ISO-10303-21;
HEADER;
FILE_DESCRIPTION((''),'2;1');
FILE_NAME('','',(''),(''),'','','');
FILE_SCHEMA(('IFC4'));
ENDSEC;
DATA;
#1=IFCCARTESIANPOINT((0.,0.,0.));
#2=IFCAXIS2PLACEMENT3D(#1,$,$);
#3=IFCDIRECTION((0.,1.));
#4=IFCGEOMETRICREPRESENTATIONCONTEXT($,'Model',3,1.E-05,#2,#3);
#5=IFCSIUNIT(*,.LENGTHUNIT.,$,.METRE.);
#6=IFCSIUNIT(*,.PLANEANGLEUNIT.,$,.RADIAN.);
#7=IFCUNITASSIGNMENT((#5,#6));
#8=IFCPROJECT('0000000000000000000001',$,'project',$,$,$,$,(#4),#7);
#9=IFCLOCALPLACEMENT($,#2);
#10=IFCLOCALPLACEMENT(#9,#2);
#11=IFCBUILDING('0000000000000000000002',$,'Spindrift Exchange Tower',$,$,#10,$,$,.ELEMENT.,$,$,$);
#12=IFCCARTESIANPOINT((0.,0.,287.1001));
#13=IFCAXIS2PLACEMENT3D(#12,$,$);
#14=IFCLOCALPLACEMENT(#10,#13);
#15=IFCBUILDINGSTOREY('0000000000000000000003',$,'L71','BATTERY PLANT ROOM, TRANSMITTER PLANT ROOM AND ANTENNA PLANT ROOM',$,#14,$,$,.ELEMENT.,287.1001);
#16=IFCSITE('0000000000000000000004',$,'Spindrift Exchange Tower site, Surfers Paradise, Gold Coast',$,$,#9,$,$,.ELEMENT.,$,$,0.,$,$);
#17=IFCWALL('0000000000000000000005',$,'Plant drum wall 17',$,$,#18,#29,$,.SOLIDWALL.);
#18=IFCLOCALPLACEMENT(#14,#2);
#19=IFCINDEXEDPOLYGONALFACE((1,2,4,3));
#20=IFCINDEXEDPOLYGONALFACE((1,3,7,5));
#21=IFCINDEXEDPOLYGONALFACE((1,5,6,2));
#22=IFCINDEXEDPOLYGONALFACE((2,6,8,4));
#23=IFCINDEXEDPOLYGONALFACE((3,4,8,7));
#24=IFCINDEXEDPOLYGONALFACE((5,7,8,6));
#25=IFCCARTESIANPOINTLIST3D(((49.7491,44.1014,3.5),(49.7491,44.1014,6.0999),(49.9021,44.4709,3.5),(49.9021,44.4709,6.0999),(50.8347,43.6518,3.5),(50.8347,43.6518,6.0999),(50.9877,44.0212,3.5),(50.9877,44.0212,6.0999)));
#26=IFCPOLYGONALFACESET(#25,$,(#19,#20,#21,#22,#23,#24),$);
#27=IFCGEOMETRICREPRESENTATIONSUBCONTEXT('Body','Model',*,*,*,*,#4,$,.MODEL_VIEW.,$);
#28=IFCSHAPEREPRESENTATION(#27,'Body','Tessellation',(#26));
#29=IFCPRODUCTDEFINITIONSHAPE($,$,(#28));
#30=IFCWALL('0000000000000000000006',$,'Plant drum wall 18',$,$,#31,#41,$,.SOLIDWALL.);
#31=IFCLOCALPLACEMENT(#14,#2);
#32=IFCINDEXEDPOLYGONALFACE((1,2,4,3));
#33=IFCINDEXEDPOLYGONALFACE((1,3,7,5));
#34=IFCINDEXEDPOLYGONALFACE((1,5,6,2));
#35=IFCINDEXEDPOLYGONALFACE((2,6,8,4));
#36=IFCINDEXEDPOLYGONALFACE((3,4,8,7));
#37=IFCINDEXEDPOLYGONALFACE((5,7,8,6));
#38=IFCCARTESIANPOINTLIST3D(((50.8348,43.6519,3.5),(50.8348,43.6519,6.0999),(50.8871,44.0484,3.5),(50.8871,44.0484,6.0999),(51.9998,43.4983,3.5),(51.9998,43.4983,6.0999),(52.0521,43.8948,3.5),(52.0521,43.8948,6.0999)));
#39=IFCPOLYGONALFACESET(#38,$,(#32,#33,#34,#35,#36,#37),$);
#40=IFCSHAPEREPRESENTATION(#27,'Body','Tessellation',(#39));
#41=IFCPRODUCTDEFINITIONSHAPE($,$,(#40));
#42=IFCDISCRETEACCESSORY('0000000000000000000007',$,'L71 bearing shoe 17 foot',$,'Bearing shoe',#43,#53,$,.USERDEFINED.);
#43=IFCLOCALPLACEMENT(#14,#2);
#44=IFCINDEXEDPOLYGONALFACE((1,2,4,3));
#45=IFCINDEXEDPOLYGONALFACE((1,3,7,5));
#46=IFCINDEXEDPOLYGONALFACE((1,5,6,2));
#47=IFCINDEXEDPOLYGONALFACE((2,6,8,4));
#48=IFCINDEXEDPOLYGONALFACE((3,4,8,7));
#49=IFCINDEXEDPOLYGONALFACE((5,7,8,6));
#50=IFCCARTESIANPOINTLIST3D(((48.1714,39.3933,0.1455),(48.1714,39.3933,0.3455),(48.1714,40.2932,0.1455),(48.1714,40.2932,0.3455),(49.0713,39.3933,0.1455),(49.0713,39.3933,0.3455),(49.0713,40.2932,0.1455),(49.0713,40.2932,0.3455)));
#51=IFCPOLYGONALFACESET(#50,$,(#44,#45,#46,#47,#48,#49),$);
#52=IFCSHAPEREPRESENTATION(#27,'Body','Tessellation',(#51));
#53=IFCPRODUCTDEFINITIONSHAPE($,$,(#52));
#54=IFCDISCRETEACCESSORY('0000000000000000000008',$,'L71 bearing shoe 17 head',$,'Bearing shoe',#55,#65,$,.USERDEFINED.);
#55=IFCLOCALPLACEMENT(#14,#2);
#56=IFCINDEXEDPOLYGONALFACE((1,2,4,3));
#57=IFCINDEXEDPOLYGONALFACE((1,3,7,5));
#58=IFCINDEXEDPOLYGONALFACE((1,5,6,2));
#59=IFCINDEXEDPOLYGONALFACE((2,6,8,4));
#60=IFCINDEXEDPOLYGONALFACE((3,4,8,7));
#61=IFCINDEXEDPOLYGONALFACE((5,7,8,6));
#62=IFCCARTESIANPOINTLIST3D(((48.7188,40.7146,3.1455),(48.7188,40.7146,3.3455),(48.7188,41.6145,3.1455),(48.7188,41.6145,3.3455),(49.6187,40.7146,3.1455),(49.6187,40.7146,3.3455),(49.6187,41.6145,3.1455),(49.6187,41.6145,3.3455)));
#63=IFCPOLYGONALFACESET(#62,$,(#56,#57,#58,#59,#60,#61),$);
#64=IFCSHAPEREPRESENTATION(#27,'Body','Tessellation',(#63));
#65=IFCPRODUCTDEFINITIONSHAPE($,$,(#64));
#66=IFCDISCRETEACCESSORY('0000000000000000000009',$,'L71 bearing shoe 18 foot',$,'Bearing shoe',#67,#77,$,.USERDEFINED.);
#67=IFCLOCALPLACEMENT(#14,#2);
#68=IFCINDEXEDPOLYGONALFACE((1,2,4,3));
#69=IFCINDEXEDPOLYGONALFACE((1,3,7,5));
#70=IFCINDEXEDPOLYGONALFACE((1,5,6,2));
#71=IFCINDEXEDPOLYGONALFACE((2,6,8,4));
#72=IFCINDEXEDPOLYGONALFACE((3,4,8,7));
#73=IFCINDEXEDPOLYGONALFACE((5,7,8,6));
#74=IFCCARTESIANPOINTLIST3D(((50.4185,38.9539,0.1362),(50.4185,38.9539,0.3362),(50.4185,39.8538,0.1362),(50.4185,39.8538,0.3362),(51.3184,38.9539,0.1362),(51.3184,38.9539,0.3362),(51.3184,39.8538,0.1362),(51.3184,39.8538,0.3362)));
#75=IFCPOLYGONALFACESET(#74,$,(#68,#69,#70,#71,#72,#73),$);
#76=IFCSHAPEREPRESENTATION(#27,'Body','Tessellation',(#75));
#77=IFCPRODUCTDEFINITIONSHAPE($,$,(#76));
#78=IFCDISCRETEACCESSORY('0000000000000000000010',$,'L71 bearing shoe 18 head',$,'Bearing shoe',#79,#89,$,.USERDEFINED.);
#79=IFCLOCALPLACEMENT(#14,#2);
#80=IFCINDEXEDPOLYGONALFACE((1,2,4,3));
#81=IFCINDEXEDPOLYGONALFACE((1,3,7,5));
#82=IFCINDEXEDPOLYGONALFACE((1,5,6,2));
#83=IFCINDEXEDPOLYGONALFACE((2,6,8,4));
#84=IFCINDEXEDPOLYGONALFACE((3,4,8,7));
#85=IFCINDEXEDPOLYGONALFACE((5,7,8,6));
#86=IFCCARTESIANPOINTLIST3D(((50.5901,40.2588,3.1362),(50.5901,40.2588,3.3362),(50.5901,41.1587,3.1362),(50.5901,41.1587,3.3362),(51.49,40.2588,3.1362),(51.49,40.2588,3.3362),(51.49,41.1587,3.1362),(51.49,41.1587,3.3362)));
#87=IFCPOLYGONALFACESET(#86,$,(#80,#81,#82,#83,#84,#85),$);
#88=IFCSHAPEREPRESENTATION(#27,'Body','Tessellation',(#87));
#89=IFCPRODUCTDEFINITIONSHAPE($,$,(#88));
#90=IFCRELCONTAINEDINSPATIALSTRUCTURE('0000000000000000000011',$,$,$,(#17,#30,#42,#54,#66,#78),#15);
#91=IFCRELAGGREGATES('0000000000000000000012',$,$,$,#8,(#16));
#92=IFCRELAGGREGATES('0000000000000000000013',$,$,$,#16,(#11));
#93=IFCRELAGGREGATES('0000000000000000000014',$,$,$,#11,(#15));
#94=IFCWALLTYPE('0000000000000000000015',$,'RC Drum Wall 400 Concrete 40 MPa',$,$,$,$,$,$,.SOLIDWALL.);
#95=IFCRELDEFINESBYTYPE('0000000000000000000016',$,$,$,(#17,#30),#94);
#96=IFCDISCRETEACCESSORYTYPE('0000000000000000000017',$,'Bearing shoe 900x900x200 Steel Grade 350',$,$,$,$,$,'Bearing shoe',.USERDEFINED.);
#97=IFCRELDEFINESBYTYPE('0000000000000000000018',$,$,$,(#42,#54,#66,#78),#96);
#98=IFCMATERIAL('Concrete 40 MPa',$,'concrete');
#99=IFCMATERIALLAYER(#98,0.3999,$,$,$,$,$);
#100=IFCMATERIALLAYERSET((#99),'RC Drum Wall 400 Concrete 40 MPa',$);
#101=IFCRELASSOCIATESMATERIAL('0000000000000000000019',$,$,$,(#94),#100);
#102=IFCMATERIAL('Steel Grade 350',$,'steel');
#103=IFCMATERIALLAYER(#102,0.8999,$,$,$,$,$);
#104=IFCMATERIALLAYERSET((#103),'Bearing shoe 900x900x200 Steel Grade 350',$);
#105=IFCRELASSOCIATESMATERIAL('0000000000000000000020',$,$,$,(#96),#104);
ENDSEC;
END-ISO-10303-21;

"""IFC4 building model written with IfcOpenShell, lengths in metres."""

from ifc_helpers import new_model, si_unit, direction, frame, frame_2d, origin, origin_2d, place, context, subcontext, project, spatial, rectangle, extrude, source, transform, mapped, material, layer, layer_set, type_object, element, save


model = new_model("IFC4")

# Units and contexts
model_context = context("Model", 3, precision=1e-05, world=origin(), true_north=direction((0.0, 1.0)))
body_context = subcontext(model_context, "Body", "Model", "MODEL_VIEW")
ifc_project = project(units=[si_unit("LENGTHUNIT", "METRE"), si_unit("PLANEANGLEUNIT", "RADIAN")], contexts=[model_context])

# Site, building, storey
site_placement = place(None, origin())
site = spatial("IfcSite", under=ifc_project, at=site_placement, Name="Spindrift Exchange Tower site, Surfers Paradise, Gold Coast", CompositionType="ELEMENT", RefElevation=0.0)
building_placement = place(site_placement, origin())
building = spatial("IfcBuilding", under=site, at=building_placement, Name="Spindrift Exchange Tower", CompositionType="ELEMENT")
storey_placement = place(building_placement, frame((0.0, 0.0, 287.1001)))
storey = spatial("IfcBuildingStorey", under=building, at=storey_placement, Name="L71", Description="BATTERY PLANT ROOM, TRANSMITTER PLANT ROOM AND ANTENNA PLANT ROOM", CompositionType="ELEMENT", Elevation=287.1001)

# Shared definitions
ifc_material_1 = material(Name="Concrete 40 MPa", Category="concrete")

# Walls
ifc_layer_1 = layer(ifc_material_1, 0.3999)
ifc_layer_set_1 = layer_set([ifc_layer_1], Name="RC Drum Wall 400 Concrete 40 MPa")
wall_type = type_object("IfcWallType", Name="RC Drum Wall 400 Concrete 40 MPa", PredefinedType="SOLIDWALL", material=ifc_layer_set_1)
for number, where, z_axis, x_axis, name in (
    (1, (49.8257, 44.2861, 3.5), (0.0, 0.0, 1.0), (0.92388, -0.382682, 0.0), "Plant drum wall 17"),
    (2, (50.8611, 43.8501, 3.5), (0.0, 0.0, 1.0), (0.991425, -0.13068, 0.0), "Plant drum wall 18"),
):
    element("IfcWall", number, at=place(storey_placement, frame(where, z_axis=z_axis, x_axis=x_axis)), inside=storey, type_object=wall_type, Name=name, PredefinedType="SOLIDWALL", context=body_context, shape_type="SweptSolid", body=[
        extrude(rectangle(XDim=1.175, YDim=0.3999, at=frame_2d((0.5874, 0.0))), origin(), (0.0, 0.0, 1.0), 2.5999),
    ])

# Discrete accessories
ifc_material_2 = material(Name="Steel Grade 350", Category="steel")
ifc_layer_2 = layer(ifc_material_2, 0.8999)
ifc_layer_set_2 = layer_set([ifc_layer_2], Name="Bearing shoe 900x900x200 Steel Grade 350")
discrete_accessory_type = type_object("IfcDiscreteAccessoryType", Name="Bearing shoe 900x900x200 Steel Grade 350", ElementType="Bearing shoe", PredefinedType="USERDEFINED", material=ifc_layer_set_2)
shared_shape_1 = source(origin(), body_context, "Body", "SweptSolid", [
    extrude(rectangle(XDim=0.8999, YDim=0.8999, at=origin_2d()), origin(), (0.0, 0.0, 1.0), 0.2),
])
for number, where, z_axis, x_axis, name in (
    (3, (48.6213, 39.8433, 0.1455), (0.0, 0.0, 1.0), (1.0, 0.0, 0.0), "L71 bearing shoe 17 foot"),
    (4, (49.1687, 41.1646, 3.1455), (0.0, 0.0, 1.0), (1.0, 0.0, 0.0), "L71 bearing shoe 17 head"),
    (5, (50.8684, 39.4038, 0.1362), (0.0, 0.0, 1.0), (1.0, 0.0, 0.0), "L71 bearing shoe 18 foot"),
    (6, (51.04, 40.7087, 3.1362), (0.0, 0.0, 1.0), (1.0, 0.0, 0.0), "L71 bearing shoe 18 head"),
):
    element("IfcDiscreteAccessory", number, at=place(storey_placement, frame(where, z_axis=z_axis, x_axis=x_axis)), inside=storey, type_object=discrete_accessory_type, Name=name, ObjectType="Bearing shoe", PredefinedType="USERDEFINED", context=body_context, shape_type="MappedRepresentation", body=[
        mapped(shared_shape_1, transform((0.0, 0.0, 0.0), scale=1.0)),
    ])

save(model, "model.ifc")
